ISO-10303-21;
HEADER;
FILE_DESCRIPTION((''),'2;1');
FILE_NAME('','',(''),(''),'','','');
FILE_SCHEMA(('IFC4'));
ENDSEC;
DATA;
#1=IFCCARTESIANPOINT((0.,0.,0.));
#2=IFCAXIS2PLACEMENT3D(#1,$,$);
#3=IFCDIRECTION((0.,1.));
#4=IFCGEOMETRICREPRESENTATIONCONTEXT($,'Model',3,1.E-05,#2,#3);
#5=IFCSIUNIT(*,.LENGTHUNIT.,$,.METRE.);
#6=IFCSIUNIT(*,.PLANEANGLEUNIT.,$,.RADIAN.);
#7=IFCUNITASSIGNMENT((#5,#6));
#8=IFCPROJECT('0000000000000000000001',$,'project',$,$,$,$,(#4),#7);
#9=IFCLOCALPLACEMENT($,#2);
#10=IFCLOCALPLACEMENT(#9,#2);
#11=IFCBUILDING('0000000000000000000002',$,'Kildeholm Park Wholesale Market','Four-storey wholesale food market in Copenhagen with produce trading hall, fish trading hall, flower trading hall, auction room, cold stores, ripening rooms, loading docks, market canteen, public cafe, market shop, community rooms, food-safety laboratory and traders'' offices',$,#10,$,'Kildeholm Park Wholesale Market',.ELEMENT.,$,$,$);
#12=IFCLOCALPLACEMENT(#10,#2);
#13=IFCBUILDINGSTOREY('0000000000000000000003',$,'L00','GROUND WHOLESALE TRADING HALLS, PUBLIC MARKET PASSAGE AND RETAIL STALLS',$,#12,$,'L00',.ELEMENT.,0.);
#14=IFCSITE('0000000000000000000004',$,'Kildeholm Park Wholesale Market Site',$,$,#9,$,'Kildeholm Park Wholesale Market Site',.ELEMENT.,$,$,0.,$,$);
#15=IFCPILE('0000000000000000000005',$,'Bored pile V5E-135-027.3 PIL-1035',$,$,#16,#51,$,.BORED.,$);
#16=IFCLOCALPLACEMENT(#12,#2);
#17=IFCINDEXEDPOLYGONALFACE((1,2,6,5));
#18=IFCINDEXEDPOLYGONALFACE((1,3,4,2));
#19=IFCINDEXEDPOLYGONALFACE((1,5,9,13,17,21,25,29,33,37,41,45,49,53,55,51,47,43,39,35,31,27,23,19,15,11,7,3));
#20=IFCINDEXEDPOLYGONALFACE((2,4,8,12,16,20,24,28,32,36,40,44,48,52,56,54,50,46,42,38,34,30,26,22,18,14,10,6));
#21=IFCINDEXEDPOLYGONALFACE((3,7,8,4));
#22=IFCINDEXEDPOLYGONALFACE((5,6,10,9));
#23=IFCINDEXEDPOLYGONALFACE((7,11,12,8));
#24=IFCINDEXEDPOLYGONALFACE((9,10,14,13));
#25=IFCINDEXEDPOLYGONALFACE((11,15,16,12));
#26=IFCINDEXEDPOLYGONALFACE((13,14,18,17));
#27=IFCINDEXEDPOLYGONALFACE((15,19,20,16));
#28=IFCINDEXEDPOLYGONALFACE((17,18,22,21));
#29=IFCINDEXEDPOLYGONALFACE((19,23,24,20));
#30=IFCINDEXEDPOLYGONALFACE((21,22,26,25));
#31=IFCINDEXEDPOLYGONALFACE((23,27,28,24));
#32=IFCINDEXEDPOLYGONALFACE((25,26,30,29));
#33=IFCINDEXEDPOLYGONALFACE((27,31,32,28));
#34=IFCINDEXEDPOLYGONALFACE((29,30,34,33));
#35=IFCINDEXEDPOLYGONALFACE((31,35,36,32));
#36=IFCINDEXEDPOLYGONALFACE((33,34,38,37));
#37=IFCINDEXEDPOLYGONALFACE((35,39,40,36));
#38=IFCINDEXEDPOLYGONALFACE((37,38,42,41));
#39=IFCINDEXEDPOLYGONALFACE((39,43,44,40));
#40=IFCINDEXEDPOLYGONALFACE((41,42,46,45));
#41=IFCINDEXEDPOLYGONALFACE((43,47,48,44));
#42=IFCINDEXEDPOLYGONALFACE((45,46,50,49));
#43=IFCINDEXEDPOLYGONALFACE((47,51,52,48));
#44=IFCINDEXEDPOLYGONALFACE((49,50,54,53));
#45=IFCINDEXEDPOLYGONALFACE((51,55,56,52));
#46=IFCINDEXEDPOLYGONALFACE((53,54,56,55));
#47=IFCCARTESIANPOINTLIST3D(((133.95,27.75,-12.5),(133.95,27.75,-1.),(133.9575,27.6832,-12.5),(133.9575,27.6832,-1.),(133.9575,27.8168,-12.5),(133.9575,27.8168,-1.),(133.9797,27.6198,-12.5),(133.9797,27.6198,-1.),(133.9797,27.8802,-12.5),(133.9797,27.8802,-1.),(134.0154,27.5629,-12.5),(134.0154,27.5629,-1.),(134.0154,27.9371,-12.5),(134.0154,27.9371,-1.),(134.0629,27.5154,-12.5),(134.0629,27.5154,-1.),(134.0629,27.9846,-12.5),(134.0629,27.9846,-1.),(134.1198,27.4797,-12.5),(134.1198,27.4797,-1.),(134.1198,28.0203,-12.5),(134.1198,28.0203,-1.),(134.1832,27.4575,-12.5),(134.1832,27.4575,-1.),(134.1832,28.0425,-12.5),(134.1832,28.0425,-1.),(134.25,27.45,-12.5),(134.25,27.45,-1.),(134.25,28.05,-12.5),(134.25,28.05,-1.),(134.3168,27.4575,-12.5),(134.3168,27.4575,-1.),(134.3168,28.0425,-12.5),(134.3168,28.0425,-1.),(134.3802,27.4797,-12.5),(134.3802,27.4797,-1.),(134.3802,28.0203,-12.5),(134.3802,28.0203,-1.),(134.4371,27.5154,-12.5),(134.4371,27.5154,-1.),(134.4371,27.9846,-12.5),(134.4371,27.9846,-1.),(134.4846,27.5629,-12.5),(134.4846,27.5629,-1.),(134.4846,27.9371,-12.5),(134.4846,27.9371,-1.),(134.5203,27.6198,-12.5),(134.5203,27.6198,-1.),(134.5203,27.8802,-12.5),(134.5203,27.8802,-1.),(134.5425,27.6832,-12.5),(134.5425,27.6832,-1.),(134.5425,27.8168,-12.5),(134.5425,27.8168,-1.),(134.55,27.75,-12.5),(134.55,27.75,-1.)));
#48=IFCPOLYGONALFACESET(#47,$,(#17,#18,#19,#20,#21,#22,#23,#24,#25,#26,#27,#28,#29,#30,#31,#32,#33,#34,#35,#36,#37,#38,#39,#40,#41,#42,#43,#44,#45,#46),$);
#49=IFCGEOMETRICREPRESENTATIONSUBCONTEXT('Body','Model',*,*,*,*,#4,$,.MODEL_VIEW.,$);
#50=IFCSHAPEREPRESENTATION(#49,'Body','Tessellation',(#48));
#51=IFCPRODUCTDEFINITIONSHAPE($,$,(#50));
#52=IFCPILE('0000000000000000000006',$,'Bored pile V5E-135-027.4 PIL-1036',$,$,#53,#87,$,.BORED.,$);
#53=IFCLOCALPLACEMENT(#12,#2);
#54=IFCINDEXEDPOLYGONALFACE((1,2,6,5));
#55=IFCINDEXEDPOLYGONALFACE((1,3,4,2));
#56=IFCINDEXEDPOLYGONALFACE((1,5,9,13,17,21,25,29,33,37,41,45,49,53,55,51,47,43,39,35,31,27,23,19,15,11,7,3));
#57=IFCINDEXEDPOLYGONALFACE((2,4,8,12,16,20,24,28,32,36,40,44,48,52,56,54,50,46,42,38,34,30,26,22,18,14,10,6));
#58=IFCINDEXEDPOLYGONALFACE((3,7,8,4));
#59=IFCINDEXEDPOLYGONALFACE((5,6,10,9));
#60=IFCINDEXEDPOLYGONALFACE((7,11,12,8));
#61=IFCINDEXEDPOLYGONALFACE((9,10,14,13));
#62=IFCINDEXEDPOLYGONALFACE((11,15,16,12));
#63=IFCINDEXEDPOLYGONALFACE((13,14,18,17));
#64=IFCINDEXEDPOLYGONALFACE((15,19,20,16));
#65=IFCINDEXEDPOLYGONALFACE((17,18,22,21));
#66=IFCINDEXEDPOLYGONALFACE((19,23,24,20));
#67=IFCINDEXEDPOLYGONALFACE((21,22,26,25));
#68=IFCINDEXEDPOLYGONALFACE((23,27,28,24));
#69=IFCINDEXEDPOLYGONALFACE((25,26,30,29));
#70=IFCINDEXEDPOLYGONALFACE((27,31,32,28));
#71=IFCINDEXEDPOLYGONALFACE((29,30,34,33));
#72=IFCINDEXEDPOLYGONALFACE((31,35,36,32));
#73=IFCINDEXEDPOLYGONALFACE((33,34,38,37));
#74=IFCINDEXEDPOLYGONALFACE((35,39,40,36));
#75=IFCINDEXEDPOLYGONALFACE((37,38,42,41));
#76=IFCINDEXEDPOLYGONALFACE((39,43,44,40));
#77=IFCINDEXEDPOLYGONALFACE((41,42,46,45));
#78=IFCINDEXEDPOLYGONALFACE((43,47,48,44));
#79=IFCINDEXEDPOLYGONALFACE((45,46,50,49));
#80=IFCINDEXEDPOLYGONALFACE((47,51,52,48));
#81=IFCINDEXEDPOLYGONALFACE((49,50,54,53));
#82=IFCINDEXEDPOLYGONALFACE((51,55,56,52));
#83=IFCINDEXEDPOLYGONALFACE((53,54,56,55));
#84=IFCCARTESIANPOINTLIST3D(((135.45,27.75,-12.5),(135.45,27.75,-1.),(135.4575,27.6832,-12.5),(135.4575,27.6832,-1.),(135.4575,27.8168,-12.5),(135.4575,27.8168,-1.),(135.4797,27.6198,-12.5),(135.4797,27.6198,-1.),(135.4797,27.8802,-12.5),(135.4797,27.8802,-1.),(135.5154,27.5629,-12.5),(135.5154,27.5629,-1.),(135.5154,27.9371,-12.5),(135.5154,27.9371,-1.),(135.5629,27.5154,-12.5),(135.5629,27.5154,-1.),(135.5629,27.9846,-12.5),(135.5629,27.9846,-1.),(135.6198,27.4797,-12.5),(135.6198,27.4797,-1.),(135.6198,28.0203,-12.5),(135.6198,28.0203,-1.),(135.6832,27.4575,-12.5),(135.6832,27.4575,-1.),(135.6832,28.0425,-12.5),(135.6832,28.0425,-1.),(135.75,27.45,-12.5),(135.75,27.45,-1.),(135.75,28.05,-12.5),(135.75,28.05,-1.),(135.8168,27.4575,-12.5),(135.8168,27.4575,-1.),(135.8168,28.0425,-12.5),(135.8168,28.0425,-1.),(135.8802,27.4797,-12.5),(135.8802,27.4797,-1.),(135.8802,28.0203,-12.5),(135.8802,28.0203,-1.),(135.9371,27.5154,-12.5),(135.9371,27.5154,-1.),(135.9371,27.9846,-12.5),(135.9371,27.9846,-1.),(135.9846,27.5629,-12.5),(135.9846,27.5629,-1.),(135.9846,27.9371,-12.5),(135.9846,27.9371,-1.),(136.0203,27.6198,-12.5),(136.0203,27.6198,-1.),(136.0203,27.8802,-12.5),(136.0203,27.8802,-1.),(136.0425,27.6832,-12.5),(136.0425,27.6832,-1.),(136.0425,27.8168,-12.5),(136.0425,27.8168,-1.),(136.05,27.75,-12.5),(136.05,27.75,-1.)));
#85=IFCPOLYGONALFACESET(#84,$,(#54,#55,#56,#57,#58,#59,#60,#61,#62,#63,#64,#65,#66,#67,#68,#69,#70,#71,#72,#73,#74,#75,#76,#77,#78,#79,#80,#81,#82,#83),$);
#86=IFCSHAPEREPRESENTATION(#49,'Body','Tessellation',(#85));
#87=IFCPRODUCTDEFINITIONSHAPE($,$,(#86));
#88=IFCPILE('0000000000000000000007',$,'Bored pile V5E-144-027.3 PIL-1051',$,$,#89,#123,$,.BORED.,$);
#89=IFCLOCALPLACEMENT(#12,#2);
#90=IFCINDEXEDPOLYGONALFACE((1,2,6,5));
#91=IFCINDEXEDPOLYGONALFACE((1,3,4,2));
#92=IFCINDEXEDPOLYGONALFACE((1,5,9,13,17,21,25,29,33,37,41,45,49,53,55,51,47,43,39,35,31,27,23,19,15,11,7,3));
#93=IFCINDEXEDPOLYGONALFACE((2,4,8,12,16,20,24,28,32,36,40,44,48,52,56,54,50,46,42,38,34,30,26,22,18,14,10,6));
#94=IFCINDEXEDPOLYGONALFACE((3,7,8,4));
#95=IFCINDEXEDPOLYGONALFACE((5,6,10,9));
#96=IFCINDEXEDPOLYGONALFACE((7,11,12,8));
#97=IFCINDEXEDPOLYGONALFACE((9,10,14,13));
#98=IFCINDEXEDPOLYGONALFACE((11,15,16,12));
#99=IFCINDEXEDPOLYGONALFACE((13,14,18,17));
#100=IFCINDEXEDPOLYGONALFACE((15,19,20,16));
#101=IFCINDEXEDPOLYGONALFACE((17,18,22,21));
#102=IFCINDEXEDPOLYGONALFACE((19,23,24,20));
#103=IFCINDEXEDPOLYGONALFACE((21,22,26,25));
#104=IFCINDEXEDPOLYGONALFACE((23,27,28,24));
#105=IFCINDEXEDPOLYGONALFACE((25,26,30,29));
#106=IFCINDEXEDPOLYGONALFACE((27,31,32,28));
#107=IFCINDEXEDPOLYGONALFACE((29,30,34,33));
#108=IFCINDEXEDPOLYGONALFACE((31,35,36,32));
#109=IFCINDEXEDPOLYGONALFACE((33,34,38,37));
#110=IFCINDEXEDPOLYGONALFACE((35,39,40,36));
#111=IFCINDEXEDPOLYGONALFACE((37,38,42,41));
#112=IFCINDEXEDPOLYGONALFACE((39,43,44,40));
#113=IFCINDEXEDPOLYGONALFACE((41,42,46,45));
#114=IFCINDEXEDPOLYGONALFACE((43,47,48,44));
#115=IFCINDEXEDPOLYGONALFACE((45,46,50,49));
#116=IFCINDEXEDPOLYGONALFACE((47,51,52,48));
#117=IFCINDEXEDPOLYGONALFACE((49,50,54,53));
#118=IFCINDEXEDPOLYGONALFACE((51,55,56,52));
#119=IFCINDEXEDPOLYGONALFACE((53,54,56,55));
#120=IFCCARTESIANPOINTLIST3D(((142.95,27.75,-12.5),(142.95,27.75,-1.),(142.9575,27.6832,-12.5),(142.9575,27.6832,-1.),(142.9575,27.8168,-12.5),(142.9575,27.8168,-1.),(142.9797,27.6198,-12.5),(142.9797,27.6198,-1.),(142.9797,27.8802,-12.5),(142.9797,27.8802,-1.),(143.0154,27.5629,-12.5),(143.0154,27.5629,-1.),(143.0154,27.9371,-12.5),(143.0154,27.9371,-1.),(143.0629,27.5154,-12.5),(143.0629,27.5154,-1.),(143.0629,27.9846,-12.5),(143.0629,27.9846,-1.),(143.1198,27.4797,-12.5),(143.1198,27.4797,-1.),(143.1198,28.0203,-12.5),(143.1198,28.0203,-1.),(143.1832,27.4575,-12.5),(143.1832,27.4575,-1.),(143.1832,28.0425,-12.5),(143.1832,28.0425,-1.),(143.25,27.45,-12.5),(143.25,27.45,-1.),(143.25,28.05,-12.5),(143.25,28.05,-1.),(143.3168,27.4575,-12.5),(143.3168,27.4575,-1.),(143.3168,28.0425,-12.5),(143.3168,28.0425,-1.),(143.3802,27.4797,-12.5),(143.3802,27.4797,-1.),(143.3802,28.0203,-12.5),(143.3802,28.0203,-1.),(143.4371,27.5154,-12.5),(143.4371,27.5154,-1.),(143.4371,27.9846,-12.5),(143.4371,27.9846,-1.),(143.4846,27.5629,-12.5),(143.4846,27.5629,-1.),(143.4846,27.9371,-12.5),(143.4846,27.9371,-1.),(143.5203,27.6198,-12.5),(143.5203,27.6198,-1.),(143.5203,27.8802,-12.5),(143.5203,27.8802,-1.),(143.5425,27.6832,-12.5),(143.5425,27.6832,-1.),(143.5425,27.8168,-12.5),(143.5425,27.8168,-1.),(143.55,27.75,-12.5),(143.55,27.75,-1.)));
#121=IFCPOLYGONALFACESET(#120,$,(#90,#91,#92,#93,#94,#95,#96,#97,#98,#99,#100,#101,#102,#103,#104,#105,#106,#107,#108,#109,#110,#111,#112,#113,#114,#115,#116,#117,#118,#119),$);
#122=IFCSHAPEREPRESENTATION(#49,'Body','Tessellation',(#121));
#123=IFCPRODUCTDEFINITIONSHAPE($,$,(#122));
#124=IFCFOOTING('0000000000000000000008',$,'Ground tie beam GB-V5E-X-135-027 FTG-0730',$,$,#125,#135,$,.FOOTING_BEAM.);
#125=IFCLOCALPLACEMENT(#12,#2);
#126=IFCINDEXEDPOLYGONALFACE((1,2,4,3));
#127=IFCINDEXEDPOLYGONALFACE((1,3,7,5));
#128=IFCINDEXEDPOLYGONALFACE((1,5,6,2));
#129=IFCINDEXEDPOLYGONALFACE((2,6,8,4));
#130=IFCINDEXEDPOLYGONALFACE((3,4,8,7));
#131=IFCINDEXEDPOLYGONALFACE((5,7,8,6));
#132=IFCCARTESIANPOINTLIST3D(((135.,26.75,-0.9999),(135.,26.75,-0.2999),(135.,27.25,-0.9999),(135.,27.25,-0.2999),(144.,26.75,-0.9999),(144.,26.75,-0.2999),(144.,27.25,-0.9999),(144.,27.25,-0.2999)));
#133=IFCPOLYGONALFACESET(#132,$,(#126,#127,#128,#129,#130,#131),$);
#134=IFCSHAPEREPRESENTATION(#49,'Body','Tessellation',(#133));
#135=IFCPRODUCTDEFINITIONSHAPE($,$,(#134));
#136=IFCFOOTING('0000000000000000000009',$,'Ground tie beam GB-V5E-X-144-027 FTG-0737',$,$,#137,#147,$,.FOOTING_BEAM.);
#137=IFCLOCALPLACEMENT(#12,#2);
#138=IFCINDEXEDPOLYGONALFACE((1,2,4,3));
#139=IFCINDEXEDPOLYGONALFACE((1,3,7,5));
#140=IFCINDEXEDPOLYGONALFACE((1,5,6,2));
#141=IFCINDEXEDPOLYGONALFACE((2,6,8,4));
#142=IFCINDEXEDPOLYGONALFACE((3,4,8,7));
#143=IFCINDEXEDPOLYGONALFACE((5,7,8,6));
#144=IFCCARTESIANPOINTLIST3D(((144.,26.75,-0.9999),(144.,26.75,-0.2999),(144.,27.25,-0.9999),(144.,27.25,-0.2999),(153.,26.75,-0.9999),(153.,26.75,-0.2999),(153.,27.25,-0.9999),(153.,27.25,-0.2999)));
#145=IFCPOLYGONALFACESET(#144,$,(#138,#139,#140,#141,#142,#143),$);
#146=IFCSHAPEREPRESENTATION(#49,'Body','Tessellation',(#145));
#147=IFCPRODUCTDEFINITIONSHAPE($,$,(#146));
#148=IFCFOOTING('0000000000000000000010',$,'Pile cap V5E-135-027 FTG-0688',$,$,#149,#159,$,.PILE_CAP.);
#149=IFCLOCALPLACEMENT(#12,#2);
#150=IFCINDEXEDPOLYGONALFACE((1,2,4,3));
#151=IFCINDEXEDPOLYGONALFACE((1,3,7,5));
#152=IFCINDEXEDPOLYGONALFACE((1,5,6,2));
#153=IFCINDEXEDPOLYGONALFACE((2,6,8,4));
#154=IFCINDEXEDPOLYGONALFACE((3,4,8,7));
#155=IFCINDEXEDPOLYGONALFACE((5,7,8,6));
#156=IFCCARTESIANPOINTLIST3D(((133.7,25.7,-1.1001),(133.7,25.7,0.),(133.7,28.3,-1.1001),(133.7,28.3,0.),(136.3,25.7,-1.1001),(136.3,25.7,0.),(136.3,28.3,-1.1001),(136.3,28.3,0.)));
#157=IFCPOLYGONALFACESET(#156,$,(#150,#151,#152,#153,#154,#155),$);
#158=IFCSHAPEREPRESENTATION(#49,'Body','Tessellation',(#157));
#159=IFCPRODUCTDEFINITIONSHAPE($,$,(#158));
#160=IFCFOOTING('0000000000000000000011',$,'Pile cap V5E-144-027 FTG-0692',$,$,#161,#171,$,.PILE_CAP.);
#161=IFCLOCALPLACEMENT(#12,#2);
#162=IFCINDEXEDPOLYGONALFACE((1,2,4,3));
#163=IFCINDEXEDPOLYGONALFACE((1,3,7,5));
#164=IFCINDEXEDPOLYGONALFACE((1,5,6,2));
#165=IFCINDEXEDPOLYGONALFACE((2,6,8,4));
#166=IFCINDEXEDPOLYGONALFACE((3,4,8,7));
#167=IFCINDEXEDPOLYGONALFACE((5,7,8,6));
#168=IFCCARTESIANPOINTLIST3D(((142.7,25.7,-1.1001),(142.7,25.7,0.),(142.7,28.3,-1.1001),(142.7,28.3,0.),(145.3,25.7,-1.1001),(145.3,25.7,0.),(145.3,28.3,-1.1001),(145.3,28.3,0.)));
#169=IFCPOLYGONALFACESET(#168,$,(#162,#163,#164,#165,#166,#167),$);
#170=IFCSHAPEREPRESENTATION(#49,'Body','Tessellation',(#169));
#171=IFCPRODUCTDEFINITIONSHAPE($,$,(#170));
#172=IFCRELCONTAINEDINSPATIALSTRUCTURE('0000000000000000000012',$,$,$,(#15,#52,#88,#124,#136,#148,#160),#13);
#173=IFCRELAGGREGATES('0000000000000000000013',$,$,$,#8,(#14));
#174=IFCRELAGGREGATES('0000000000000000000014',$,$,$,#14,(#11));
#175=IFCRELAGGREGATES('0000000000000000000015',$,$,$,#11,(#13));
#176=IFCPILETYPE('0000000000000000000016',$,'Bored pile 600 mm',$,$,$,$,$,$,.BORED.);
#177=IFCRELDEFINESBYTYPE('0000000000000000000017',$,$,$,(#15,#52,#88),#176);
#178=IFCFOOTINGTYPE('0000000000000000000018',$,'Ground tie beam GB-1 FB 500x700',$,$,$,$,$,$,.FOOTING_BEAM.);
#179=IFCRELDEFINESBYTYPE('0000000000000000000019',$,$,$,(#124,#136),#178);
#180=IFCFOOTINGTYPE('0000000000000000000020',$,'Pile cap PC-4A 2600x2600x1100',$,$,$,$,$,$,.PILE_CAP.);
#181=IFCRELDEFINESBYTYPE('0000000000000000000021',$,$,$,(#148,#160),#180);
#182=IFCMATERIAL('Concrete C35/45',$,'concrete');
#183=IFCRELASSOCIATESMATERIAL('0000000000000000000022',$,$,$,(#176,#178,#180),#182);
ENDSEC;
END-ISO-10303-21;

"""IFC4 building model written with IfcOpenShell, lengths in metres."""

from ifc_helpers import new_model, si_unit, direction, frame, origin, origin_2d, place, context, subcontext, project, spatial, rectangle, circle, extrude, material, material_profile, profile_set, type_object, element, save


model = new_model("IFC4")

# Units and contexts
model_context = context("Model", 3, precision=1e-05, world=origin(), true_north=direction((0.0, 1.0)))
body_context = subcontext(model_context, "Body", "Model", "MODEL_VIEW")
ifc_project = project(units=[si_unit("LENGTHUNIT", "METRE"), si_unit("PLANEANGLEUNIT", "RADIAN")], contexts=[model_context])

# Site, building, storey
site_placement = place(None, origin())
site = spatial("IfcSite", under=ifc_project, at=site_placement, Name="Kildeholm Park Wholesale Market Site", LongName="Kildeholm Park Wholesale Market Site", CompositionType="ELEMENT", RefElevation=0.0)
building_placement = place(site_placement, origin())
building = spatial("IfcBuilding", under=site, at=building_placement, Name="Kildeholm Park Wholesale Market", Description="Four-storey wholesale food market in Copenhagen with produce trading hall, fish trading hall, flower trading hall, auction room, cold stores, ripening rooms, loading docks, market canteen, public cafe, market shop, community rooms, food-safety laboratory and traders' offices", LongName="Kildeholm Park Wholesale Market", CompositionType="ELEMENT")
storey_placement = place(building_placement, origin())
storey = spatial("IfcBuildingStorey", under=building, at=storey_placement, Name="L00", Description="GROUND WHOLESALE TRADING HALLS, PUBLIC MARKET PASSAGE AND RETAIL STALLS", LongName="L00", CompositionType="ELEMENT", Elevation=0.0)

# Piles
ifc_material_1 = material(Name="Concrete C35/45", Category="concrete")
ifc_material_profile_1 = material_profile(ifc_material_1, circle(Radius=0.3, at=origin_2d()), Name="PILE D600")
ifc_profile_set_1 = profile_set([ifc_material_profile_1], Name="Concrete C35/45")
pile_type = type_object("IfcPileType", Name="Bored pile 600 mm", PredefinedType="BORED", material=ifc_profile_set_1)
for number, where, z_axis, x_axis, name in (
    (1, (134.25, 27.75, -1.0), (0.0, 0.0, -1.0), (1.0, 0.0, 0.0), "Bored pile V5E-135-027.3 PIL-1035"),
    (2, (135.75, 27.75, -1.0), (0.0, 0.0, -1.0), (1.0, 0.0, 0.0), "Bored pile V5E-135-027.4 PIL-1036"),
    (3, (143.25, 27.75, -1.0), (0.0, 0.0, -1.0), (1.0, 0.0, 0.0), "Bored pile V5E-144-027.3 PIL-1051"),
):
    element("IfcPile", number, at=place(storey_placement, frame(where, z_axis=z_axis, x_axis=x_axis)), inside=storey, type_object=pile_type, Name=name, PredefinedType="BORED", context=body_context, shape_type="SweptSolid", body=[
        extrude(circle(Radius=0.3, at=origin_2d()), origin(), (0.0, 0.0, 1.0), 11.5),
    ])

# Footings
ifc_material_profile_2 = material_profile(ifc_material_1, rectangle(XDim=0.5, YDim=0.7, at=origin_2d()), Name="FB 500x700")
ifc_profile_set_2 = profile_set([ifc_material_profile_2], Name="Concrete C35/45")
footing_type_1 = type_object("IfcFootingType", Name="Ground tie beam GB-1 FB 500x700", PredefinedType="FOOTING_BEAM", material=ifc_profile_set_2)
for number, where, z_axis, x_axis, name in (
    (4, (135.0, 27.0, -0.6499), (1.0, 0.0, 0.0), (0.0, 1.0, 0.0), "Ground tie beam GB-V5E-X-135-027 FTG-0730"),
    (5, (144.0, 27.0, -0.6499), (1.0, 0.0, 0.0), (0.0, 1.0, 0.0), "Ground tie beam GB-V5E-X-144-027 FTG-0737"),
):
    element("IfcFooting", number, at=place(storey_placement, frame(where, z_axis=z_axis, x_axis=x_axis)), inside=storey, type_object=footing_type_1, Name=name, PredefinedType="FOOTING_BEAM", context=body_context, shape_type="SweptSolid", body=[
        extrude(rectangle(XDim=0.5, YDim=0.7, at=origin_2d()), origin(), (0.0, 0.0, 1.0), 9.0),
    ])
footing_type_2 = type_object("IfcFootingType", Name="Pile cap PC-4A 2600x2600x1100", PredefinedType="PILE_CAP", material=ifc_material_1)
for number, where, z_axis, x_axis, name in (
    (6, (135.0, 27.0, -1.1001), (0.0, 0.0, 1.0), (1.0, 0.0, 0.0), "Pile cap V5E-135-027 FTG-0688"),
    (7, (144.0, 27.0, -1.1001), (0.0, 0.0, 1.0), (1.0, 0.0, 0.0), "Pile cap V5E-144-027 FTG-0692"),
):
    element("IfcFooting", number, at=place(storey_placement, frame(where, z_axis=z_axis, x_axis=x_axis)), inside=storey, type_object=footing_type_2, Name=name, PredefinedType="PILE_CAP", context=body_context, shape_type="SweptSolid", body=[
        extrude(rectangle(XDim=2.6001, YDim=2.6001, at=origin_2d()), origin(), (0.0, 0.0, 1.0), 1.1001),
    ])

save(model, "model.ifc")
